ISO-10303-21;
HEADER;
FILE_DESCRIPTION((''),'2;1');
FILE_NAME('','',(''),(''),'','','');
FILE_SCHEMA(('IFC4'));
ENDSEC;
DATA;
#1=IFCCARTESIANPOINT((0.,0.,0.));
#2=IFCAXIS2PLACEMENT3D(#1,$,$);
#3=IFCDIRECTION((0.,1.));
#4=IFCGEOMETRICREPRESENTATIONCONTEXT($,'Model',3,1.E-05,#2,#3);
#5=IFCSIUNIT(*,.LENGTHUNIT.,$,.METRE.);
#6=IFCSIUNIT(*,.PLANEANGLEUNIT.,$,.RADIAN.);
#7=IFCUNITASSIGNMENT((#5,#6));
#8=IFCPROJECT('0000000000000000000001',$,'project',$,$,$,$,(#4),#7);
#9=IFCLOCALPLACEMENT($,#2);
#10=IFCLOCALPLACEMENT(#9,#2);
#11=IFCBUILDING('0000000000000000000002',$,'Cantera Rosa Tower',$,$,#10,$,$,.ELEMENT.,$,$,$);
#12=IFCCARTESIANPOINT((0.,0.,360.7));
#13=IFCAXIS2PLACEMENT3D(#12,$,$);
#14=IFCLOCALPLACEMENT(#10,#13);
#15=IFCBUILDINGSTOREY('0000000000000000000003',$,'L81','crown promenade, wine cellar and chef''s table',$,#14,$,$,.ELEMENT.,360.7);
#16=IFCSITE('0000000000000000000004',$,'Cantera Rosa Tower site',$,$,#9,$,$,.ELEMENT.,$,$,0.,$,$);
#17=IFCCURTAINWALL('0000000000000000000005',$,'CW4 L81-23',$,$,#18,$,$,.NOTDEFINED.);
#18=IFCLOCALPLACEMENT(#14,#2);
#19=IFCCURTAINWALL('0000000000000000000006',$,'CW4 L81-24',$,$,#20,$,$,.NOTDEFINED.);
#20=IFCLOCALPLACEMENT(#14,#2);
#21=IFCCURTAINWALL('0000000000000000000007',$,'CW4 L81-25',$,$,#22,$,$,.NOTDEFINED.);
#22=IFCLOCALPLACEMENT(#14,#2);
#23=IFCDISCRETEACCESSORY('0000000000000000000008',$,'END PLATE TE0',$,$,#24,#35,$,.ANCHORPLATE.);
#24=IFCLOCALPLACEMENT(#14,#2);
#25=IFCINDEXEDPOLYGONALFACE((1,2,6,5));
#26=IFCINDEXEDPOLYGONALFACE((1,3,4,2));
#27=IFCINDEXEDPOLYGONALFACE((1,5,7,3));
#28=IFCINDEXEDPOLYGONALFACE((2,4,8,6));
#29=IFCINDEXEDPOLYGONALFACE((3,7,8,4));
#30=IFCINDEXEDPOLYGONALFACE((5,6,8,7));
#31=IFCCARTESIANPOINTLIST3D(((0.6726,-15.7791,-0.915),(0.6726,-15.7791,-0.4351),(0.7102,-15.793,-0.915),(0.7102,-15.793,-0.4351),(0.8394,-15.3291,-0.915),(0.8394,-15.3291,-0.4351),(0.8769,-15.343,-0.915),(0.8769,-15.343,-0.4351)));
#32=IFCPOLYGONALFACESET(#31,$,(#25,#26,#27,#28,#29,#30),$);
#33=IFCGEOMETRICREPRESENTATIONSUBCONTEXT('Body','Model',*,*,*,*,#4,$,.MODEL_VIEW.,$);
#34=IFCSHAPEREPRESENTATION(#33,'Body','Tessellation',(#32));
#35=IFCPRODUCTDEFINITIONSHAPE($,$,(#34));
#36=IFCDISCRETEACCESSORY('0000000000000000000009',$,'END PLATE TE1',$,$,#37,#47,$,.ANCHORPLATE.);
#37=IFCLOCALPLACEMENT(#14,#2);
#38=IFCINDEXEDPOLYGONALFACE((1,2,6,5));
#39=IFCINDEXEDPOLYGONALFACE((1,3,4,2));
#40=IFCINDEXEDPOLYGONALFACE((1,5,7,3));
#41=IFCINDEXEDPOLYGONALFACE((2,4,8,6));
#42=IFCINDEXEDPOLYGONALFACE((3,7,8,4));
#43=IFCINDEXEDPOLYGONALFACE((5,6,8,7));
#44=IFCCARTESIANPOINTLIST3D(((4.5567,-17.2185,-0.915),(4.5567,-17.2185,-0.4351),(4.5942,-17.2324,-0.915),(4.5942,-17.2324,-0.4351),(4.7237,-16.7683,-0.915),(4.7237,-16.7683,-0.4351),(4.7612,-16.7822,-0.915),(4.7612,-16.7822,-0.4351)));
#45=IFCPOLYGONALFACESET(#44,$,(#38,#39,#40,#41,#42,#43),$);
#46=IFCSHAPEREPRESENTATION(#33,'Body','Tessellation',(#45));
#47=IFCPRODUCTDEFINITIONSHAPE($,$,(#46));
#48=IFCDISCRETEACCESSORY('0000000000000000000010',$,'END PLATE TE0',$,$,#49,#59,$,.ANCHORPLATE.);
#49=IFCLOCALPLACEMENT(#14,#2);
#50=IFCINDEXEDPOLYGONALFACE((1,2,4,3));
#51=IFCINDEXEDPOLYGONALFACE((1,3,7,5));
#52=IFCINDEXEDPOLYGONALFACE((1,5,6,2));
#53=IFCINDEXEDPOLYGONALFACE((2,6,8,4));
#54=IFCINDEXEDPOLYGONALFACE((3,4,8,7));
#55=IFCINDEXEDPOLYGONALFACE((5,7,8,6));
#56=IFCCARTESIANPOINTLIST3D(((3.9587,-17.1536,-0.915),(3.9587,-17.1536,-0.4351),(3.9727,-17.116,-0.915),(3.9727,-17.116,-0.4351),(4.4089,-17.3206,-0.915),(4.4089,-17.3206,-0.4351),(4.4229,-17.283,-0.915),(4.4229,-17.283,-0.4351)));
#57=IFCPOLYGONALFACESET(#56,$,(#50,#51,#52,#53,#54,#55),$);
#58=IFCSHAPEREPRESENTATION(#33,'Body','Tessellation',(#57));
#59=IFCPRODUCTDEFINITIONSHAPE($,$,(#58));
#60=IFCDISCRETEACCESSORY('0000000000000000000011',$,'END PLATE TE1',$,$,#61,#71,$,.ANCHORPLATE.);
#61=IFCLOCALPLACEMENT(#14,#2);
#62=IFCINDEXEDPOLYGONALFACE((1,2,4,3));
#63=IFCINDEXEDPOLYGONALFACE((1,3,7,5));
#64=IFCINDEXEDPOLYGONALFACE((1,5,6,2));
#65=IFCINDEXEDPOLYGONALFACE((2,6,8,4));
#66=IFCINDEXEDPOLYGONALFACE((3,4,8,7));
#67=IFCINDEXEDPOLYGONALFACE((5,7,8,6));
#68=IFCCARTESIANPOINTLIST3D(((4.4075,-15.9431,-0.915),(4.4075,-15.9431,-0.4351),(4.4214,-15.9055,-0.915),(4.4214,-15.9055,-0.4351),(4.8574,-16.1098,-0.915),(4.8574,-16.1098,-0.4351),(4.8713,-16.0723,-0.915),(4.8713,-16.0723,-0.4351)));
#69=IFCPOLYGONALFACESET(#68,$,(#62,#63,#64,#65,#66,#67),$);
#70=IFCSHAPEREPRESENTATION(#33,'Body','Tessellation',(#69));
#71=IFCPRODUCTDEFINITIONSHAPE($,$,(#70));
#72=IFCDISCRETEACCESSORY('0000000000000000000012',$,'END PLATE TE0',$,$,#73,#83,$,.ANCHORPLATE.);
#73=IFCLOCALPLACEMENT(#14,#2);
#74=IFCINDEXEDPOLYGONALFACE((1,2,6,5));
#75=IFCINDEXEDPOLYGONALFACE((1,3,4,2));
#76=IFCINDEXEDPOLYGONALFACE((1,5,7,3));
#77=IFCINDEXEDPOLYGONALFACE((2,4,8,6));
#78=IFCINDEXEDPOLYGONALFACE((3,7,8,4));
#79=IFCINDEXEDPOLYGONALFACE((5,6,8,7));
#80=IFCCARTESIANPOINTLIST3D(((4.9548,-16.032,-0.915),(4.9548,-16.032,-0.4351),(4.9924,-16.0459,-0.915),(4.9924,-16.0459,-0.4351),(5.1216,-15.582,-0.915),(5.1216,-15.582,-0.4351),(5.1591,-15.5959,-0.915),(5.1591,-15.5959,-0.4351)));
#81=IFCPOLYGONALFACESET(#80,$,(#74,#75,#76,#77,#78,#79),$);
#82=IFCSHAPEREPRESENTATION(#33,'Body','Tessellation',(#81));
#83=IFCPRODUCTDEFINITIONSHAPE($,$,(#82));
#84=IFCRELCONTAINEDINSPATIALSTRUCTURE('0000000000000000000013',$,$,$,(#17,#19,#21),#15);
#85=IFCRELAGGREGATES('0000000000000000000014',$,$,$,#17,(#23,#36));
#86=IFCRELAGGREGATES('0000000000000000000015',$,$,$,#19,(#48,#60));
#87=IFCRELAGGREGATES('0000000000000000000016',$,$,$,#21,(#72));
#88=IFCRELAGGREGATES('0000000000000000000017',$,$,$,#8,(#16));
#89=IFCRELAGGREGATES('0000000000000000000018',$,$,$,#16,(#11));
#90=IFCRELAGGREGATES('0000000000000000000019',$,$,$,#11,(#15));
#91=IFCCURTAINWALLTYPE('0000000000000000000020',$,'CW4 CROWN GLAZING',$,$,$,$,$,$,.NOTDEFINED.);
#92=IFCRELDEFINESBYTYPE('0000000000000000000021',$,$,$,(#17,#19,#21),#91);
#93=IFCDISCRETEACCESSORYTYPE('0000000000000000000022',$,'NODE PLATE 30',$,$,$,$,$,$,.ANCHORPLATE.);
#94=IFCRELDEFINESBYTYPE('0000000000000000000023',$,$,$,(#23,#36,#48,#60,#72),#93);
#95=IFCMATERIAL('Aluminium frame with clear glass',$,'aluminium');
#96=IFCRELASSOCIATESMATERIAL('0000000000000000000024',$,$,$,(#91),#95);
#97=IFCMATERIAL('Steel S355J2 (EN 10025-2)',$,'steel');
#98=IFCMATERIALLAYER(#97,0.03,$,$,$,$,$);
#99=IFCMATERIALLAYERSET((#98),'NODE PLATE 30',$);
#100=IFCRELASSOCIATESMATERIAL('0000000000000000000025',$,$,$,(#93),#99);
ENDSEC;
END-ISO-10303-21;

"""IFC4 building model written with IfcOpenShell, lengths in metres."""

from ifc_helpers import new_model, si_unit, direction, frame, origin, place, context, subcontext, project, spatial, polyline, outline, extrude, material, layer, layer_set, type_object, element, aggregate, save


model = new_model("IFC4")

# Units and contexts
model_context = context("Model", 3, precision=1e-05, world=origin(), true_north=direction((0.0, 1.0)))
body_context = subcontext(model_context, "Body", "Model", "MODEL_VIEW")
ifc_project = project(units=[si_unit("LENGTHUNIT", "METRE"), si_unit("PLANEANGLEUNIT", "RADIAN")], contexts=[model_context])

# Site, building, storey
site_placement = place(None, origin())
site = spatial("IfcSite", under=ifc_project, at=site_placement, Name="Cantera Rosa Tower site", CompositionType="ELEMENT", RefElevation=0.0)
building_placement = place(site_placement, origin())
building = spatial("IfcBuilding", under=site, at=building_placement, Name="Cantera Rosa Tower", CompositionType="ELEMENT")
storey_placement = place(building_placement, frame((0.0, 0.0, 360.7)))
storey = spatial("IfcBuildingStorey", under=building, at=storey_placement, Name="L81", Description="crown promenade, wine cellar and chef's table", CompositionType="ELEMENT", Elevation=360.7)

# Curtain walls
ifc_material_1 = material(Name="Aluminium frame with clear glass", Category="aluminium")
curtain_wall_type = type_object("IfcCurtainWallType", Name="CW4 CROWN GLAZING", PredefinedType="NOTDEFINED", material=ifc_material_1)
curtain_wall_1_placement = place(storey_placement, origin())
curtain_wall_1 = element("IfcCurtainWall", 1, at=curtain_wall_1_placement, inside=storey, type_object=curtain_wall_type, Name="CW4 L81-23", PredefinedType="NOTDEFINED")
curtain_wall_2_placement = place(storey_placement, origin())
curtain_wall_2 = element("IfcCurtainWall", 2, at=curtain_wall_2_placement, inside=storey, type_object=curtain_wall_type, Name="CW4 L81-24", PredefinedType="NOTDEFINED")
curtain_wall_3_placement = place(storey_placement, origin())
curtain_wall_3 = element("IfcCurtainWall", 3, at=curtain_wall_3_placement, inside=storey, type_object=curtain_wall_type, Name="CW4 L81-25", PredefinedType="NOTDEFINED")

# Shared definitions
ifc_material_2 = material(Name="Steel S355J2 (EN 10025-2)", Category="steel")
ifc_layer_1 = layer(ifc_material_2, 0.03)
ifc_layer_set_1 = layer_set([ifc_layer_1], Name="NODE PLATE 30")
discrete_accessory_type = type_object("IfcDiscreteAccessoryType", Name="NODE PLATE 30", PredefinedType="ANCHORPLATE", material=ifc_layer_set_1)

# Discrete accessories
discrete_accessory_1_placement = place(storey_placement, frame((0.6726, -15.7791, -0.4351), z_axis=(-0.937681, 0.347497, 0.0), x_axis=(0.347497, 0.937681, 0.0)))
discrete_accessory_1 = element("IfcDiscreteAccessory", 4, at=discrete_accessory_1_placement, type_object=discrete_accessory_type, Name="END PLATE TE0", PredefinedType="ANCHORPLATE", context=body_context, shape_type="SweptSolid", body=[
    extrude(outline(polyline([(0.0, 0.0), (0.4799, 0.0), (0.4799, 0.48), (0.0, 0.48), (0.0, 0.0)])), origin(), (0.0, 0.0, -1.0), 0.04),
])
discrete_accessory_2_placement = place(storey_placement, frame((4.7612, -16.7822, -0.4351), z_axis=(0.937577, -0.347778, 0.0), x_axis=(-0.347778, -0.937577, 0.0)))
discrete_accessory_2 = element("IfcDiscreteAccessory", 5, at=discrete_accessory_2_placement, type_object=discrete_accessory_type, Name="END PLATE TE1", PredefinedType="ANCHORPLATE", context=body_context, shape_type="SweptSolid", body=[
    extrude(outline(polyline([(0.0, 0.0), (0.4802, 0.0), (0.4802, 0.48), (0.0, 0.48), (0.0, 0.0)])), origin(), (0.0, 0.0, -1.0), 0.04),
])
aggregate(curtain_wall_1, [discrete_accessory_1, discrete_accessory_2])
discrete_accessory_3_placement = place(storey_placement, frame((4.4089, -17.3206, -0.4351), z_axis=(-0.347778, -0.937577, 0.0), x_axis=(-0.937577, 0.347778, 0.0)))
discrete_accessory_3 = element("IfcDiscreteAccessory", 6, at=discrete_accessory_3_placement, type_object=discrete_accessory_type, Name="END PLATE TE0", PredefinedType="ANCHORPLATE", context=body_context, shape_type="SweptSolid", body=[
    extrude(outline(polyline([(0.0, 0.0), (0.4802, 0.0), (0.4802, 0.48), (0.0, 0.48), (0.0, 0.0)])), origin(), (0.0, 0.0, -1.0), 0.04),
])
discrete_accessory_4_placement = place(storey_placement, frame((4.4214, -15.9055, -0.4351), z_axis=(0.347497, 0.937681, 0.0), x_axis=(0.937681, -0.347497, 0.0)))
discrete_accessory_4 = element("IfcDiscreteAccessory", 7, at=discrete_accessory_4_placement, type_object=discrete_accessory_type, Name="END PLATE TE1", PredefinedType="ANCHORPLATE", context=body_context, shape_type="SweptSolid", body=[
    extrude(outline(polyline([(0.0, 0.0), (0.4799, 0.0), (0.4799, 0.48), (0.0, 0.48), (0.0, 0.0)])), origin(), (0.0, 0.0, -1.0), 0.04),
])
aggregate(curtain_wall_2, [discrete_accessory_3, discrete_accessory_4])
discrete_accessory_5_placement = place(storey_placement, frame((4.9548, -16.032, -0.4351), z_axis=(-0.937681, 0.347497, 0.0), x_axis=(0.347497, 0.937681, 0.0)))
discrete_accessory_5 = element("IfcDiscreteAccessory", 8, at=discrete_accessory_5_placement, type_object=discrete_accessory_type, Name="END PLATE TE0", PredefinedType="ANCHORPLATE", context=body_context, shape_type="SweptSolid", body=[
    extrude(outline(polyline([(0.0, 0.0), (0.4799, 0.0), (0.4799, 0.48), (0.0, 0.48), (0.0, 0.0)])), origin(), (0.0, 0.0, -1.0), 0.04),
])
aggregate(curtain_wall_3, [discrete_accessory_5])

save(model, "model.ifc")
